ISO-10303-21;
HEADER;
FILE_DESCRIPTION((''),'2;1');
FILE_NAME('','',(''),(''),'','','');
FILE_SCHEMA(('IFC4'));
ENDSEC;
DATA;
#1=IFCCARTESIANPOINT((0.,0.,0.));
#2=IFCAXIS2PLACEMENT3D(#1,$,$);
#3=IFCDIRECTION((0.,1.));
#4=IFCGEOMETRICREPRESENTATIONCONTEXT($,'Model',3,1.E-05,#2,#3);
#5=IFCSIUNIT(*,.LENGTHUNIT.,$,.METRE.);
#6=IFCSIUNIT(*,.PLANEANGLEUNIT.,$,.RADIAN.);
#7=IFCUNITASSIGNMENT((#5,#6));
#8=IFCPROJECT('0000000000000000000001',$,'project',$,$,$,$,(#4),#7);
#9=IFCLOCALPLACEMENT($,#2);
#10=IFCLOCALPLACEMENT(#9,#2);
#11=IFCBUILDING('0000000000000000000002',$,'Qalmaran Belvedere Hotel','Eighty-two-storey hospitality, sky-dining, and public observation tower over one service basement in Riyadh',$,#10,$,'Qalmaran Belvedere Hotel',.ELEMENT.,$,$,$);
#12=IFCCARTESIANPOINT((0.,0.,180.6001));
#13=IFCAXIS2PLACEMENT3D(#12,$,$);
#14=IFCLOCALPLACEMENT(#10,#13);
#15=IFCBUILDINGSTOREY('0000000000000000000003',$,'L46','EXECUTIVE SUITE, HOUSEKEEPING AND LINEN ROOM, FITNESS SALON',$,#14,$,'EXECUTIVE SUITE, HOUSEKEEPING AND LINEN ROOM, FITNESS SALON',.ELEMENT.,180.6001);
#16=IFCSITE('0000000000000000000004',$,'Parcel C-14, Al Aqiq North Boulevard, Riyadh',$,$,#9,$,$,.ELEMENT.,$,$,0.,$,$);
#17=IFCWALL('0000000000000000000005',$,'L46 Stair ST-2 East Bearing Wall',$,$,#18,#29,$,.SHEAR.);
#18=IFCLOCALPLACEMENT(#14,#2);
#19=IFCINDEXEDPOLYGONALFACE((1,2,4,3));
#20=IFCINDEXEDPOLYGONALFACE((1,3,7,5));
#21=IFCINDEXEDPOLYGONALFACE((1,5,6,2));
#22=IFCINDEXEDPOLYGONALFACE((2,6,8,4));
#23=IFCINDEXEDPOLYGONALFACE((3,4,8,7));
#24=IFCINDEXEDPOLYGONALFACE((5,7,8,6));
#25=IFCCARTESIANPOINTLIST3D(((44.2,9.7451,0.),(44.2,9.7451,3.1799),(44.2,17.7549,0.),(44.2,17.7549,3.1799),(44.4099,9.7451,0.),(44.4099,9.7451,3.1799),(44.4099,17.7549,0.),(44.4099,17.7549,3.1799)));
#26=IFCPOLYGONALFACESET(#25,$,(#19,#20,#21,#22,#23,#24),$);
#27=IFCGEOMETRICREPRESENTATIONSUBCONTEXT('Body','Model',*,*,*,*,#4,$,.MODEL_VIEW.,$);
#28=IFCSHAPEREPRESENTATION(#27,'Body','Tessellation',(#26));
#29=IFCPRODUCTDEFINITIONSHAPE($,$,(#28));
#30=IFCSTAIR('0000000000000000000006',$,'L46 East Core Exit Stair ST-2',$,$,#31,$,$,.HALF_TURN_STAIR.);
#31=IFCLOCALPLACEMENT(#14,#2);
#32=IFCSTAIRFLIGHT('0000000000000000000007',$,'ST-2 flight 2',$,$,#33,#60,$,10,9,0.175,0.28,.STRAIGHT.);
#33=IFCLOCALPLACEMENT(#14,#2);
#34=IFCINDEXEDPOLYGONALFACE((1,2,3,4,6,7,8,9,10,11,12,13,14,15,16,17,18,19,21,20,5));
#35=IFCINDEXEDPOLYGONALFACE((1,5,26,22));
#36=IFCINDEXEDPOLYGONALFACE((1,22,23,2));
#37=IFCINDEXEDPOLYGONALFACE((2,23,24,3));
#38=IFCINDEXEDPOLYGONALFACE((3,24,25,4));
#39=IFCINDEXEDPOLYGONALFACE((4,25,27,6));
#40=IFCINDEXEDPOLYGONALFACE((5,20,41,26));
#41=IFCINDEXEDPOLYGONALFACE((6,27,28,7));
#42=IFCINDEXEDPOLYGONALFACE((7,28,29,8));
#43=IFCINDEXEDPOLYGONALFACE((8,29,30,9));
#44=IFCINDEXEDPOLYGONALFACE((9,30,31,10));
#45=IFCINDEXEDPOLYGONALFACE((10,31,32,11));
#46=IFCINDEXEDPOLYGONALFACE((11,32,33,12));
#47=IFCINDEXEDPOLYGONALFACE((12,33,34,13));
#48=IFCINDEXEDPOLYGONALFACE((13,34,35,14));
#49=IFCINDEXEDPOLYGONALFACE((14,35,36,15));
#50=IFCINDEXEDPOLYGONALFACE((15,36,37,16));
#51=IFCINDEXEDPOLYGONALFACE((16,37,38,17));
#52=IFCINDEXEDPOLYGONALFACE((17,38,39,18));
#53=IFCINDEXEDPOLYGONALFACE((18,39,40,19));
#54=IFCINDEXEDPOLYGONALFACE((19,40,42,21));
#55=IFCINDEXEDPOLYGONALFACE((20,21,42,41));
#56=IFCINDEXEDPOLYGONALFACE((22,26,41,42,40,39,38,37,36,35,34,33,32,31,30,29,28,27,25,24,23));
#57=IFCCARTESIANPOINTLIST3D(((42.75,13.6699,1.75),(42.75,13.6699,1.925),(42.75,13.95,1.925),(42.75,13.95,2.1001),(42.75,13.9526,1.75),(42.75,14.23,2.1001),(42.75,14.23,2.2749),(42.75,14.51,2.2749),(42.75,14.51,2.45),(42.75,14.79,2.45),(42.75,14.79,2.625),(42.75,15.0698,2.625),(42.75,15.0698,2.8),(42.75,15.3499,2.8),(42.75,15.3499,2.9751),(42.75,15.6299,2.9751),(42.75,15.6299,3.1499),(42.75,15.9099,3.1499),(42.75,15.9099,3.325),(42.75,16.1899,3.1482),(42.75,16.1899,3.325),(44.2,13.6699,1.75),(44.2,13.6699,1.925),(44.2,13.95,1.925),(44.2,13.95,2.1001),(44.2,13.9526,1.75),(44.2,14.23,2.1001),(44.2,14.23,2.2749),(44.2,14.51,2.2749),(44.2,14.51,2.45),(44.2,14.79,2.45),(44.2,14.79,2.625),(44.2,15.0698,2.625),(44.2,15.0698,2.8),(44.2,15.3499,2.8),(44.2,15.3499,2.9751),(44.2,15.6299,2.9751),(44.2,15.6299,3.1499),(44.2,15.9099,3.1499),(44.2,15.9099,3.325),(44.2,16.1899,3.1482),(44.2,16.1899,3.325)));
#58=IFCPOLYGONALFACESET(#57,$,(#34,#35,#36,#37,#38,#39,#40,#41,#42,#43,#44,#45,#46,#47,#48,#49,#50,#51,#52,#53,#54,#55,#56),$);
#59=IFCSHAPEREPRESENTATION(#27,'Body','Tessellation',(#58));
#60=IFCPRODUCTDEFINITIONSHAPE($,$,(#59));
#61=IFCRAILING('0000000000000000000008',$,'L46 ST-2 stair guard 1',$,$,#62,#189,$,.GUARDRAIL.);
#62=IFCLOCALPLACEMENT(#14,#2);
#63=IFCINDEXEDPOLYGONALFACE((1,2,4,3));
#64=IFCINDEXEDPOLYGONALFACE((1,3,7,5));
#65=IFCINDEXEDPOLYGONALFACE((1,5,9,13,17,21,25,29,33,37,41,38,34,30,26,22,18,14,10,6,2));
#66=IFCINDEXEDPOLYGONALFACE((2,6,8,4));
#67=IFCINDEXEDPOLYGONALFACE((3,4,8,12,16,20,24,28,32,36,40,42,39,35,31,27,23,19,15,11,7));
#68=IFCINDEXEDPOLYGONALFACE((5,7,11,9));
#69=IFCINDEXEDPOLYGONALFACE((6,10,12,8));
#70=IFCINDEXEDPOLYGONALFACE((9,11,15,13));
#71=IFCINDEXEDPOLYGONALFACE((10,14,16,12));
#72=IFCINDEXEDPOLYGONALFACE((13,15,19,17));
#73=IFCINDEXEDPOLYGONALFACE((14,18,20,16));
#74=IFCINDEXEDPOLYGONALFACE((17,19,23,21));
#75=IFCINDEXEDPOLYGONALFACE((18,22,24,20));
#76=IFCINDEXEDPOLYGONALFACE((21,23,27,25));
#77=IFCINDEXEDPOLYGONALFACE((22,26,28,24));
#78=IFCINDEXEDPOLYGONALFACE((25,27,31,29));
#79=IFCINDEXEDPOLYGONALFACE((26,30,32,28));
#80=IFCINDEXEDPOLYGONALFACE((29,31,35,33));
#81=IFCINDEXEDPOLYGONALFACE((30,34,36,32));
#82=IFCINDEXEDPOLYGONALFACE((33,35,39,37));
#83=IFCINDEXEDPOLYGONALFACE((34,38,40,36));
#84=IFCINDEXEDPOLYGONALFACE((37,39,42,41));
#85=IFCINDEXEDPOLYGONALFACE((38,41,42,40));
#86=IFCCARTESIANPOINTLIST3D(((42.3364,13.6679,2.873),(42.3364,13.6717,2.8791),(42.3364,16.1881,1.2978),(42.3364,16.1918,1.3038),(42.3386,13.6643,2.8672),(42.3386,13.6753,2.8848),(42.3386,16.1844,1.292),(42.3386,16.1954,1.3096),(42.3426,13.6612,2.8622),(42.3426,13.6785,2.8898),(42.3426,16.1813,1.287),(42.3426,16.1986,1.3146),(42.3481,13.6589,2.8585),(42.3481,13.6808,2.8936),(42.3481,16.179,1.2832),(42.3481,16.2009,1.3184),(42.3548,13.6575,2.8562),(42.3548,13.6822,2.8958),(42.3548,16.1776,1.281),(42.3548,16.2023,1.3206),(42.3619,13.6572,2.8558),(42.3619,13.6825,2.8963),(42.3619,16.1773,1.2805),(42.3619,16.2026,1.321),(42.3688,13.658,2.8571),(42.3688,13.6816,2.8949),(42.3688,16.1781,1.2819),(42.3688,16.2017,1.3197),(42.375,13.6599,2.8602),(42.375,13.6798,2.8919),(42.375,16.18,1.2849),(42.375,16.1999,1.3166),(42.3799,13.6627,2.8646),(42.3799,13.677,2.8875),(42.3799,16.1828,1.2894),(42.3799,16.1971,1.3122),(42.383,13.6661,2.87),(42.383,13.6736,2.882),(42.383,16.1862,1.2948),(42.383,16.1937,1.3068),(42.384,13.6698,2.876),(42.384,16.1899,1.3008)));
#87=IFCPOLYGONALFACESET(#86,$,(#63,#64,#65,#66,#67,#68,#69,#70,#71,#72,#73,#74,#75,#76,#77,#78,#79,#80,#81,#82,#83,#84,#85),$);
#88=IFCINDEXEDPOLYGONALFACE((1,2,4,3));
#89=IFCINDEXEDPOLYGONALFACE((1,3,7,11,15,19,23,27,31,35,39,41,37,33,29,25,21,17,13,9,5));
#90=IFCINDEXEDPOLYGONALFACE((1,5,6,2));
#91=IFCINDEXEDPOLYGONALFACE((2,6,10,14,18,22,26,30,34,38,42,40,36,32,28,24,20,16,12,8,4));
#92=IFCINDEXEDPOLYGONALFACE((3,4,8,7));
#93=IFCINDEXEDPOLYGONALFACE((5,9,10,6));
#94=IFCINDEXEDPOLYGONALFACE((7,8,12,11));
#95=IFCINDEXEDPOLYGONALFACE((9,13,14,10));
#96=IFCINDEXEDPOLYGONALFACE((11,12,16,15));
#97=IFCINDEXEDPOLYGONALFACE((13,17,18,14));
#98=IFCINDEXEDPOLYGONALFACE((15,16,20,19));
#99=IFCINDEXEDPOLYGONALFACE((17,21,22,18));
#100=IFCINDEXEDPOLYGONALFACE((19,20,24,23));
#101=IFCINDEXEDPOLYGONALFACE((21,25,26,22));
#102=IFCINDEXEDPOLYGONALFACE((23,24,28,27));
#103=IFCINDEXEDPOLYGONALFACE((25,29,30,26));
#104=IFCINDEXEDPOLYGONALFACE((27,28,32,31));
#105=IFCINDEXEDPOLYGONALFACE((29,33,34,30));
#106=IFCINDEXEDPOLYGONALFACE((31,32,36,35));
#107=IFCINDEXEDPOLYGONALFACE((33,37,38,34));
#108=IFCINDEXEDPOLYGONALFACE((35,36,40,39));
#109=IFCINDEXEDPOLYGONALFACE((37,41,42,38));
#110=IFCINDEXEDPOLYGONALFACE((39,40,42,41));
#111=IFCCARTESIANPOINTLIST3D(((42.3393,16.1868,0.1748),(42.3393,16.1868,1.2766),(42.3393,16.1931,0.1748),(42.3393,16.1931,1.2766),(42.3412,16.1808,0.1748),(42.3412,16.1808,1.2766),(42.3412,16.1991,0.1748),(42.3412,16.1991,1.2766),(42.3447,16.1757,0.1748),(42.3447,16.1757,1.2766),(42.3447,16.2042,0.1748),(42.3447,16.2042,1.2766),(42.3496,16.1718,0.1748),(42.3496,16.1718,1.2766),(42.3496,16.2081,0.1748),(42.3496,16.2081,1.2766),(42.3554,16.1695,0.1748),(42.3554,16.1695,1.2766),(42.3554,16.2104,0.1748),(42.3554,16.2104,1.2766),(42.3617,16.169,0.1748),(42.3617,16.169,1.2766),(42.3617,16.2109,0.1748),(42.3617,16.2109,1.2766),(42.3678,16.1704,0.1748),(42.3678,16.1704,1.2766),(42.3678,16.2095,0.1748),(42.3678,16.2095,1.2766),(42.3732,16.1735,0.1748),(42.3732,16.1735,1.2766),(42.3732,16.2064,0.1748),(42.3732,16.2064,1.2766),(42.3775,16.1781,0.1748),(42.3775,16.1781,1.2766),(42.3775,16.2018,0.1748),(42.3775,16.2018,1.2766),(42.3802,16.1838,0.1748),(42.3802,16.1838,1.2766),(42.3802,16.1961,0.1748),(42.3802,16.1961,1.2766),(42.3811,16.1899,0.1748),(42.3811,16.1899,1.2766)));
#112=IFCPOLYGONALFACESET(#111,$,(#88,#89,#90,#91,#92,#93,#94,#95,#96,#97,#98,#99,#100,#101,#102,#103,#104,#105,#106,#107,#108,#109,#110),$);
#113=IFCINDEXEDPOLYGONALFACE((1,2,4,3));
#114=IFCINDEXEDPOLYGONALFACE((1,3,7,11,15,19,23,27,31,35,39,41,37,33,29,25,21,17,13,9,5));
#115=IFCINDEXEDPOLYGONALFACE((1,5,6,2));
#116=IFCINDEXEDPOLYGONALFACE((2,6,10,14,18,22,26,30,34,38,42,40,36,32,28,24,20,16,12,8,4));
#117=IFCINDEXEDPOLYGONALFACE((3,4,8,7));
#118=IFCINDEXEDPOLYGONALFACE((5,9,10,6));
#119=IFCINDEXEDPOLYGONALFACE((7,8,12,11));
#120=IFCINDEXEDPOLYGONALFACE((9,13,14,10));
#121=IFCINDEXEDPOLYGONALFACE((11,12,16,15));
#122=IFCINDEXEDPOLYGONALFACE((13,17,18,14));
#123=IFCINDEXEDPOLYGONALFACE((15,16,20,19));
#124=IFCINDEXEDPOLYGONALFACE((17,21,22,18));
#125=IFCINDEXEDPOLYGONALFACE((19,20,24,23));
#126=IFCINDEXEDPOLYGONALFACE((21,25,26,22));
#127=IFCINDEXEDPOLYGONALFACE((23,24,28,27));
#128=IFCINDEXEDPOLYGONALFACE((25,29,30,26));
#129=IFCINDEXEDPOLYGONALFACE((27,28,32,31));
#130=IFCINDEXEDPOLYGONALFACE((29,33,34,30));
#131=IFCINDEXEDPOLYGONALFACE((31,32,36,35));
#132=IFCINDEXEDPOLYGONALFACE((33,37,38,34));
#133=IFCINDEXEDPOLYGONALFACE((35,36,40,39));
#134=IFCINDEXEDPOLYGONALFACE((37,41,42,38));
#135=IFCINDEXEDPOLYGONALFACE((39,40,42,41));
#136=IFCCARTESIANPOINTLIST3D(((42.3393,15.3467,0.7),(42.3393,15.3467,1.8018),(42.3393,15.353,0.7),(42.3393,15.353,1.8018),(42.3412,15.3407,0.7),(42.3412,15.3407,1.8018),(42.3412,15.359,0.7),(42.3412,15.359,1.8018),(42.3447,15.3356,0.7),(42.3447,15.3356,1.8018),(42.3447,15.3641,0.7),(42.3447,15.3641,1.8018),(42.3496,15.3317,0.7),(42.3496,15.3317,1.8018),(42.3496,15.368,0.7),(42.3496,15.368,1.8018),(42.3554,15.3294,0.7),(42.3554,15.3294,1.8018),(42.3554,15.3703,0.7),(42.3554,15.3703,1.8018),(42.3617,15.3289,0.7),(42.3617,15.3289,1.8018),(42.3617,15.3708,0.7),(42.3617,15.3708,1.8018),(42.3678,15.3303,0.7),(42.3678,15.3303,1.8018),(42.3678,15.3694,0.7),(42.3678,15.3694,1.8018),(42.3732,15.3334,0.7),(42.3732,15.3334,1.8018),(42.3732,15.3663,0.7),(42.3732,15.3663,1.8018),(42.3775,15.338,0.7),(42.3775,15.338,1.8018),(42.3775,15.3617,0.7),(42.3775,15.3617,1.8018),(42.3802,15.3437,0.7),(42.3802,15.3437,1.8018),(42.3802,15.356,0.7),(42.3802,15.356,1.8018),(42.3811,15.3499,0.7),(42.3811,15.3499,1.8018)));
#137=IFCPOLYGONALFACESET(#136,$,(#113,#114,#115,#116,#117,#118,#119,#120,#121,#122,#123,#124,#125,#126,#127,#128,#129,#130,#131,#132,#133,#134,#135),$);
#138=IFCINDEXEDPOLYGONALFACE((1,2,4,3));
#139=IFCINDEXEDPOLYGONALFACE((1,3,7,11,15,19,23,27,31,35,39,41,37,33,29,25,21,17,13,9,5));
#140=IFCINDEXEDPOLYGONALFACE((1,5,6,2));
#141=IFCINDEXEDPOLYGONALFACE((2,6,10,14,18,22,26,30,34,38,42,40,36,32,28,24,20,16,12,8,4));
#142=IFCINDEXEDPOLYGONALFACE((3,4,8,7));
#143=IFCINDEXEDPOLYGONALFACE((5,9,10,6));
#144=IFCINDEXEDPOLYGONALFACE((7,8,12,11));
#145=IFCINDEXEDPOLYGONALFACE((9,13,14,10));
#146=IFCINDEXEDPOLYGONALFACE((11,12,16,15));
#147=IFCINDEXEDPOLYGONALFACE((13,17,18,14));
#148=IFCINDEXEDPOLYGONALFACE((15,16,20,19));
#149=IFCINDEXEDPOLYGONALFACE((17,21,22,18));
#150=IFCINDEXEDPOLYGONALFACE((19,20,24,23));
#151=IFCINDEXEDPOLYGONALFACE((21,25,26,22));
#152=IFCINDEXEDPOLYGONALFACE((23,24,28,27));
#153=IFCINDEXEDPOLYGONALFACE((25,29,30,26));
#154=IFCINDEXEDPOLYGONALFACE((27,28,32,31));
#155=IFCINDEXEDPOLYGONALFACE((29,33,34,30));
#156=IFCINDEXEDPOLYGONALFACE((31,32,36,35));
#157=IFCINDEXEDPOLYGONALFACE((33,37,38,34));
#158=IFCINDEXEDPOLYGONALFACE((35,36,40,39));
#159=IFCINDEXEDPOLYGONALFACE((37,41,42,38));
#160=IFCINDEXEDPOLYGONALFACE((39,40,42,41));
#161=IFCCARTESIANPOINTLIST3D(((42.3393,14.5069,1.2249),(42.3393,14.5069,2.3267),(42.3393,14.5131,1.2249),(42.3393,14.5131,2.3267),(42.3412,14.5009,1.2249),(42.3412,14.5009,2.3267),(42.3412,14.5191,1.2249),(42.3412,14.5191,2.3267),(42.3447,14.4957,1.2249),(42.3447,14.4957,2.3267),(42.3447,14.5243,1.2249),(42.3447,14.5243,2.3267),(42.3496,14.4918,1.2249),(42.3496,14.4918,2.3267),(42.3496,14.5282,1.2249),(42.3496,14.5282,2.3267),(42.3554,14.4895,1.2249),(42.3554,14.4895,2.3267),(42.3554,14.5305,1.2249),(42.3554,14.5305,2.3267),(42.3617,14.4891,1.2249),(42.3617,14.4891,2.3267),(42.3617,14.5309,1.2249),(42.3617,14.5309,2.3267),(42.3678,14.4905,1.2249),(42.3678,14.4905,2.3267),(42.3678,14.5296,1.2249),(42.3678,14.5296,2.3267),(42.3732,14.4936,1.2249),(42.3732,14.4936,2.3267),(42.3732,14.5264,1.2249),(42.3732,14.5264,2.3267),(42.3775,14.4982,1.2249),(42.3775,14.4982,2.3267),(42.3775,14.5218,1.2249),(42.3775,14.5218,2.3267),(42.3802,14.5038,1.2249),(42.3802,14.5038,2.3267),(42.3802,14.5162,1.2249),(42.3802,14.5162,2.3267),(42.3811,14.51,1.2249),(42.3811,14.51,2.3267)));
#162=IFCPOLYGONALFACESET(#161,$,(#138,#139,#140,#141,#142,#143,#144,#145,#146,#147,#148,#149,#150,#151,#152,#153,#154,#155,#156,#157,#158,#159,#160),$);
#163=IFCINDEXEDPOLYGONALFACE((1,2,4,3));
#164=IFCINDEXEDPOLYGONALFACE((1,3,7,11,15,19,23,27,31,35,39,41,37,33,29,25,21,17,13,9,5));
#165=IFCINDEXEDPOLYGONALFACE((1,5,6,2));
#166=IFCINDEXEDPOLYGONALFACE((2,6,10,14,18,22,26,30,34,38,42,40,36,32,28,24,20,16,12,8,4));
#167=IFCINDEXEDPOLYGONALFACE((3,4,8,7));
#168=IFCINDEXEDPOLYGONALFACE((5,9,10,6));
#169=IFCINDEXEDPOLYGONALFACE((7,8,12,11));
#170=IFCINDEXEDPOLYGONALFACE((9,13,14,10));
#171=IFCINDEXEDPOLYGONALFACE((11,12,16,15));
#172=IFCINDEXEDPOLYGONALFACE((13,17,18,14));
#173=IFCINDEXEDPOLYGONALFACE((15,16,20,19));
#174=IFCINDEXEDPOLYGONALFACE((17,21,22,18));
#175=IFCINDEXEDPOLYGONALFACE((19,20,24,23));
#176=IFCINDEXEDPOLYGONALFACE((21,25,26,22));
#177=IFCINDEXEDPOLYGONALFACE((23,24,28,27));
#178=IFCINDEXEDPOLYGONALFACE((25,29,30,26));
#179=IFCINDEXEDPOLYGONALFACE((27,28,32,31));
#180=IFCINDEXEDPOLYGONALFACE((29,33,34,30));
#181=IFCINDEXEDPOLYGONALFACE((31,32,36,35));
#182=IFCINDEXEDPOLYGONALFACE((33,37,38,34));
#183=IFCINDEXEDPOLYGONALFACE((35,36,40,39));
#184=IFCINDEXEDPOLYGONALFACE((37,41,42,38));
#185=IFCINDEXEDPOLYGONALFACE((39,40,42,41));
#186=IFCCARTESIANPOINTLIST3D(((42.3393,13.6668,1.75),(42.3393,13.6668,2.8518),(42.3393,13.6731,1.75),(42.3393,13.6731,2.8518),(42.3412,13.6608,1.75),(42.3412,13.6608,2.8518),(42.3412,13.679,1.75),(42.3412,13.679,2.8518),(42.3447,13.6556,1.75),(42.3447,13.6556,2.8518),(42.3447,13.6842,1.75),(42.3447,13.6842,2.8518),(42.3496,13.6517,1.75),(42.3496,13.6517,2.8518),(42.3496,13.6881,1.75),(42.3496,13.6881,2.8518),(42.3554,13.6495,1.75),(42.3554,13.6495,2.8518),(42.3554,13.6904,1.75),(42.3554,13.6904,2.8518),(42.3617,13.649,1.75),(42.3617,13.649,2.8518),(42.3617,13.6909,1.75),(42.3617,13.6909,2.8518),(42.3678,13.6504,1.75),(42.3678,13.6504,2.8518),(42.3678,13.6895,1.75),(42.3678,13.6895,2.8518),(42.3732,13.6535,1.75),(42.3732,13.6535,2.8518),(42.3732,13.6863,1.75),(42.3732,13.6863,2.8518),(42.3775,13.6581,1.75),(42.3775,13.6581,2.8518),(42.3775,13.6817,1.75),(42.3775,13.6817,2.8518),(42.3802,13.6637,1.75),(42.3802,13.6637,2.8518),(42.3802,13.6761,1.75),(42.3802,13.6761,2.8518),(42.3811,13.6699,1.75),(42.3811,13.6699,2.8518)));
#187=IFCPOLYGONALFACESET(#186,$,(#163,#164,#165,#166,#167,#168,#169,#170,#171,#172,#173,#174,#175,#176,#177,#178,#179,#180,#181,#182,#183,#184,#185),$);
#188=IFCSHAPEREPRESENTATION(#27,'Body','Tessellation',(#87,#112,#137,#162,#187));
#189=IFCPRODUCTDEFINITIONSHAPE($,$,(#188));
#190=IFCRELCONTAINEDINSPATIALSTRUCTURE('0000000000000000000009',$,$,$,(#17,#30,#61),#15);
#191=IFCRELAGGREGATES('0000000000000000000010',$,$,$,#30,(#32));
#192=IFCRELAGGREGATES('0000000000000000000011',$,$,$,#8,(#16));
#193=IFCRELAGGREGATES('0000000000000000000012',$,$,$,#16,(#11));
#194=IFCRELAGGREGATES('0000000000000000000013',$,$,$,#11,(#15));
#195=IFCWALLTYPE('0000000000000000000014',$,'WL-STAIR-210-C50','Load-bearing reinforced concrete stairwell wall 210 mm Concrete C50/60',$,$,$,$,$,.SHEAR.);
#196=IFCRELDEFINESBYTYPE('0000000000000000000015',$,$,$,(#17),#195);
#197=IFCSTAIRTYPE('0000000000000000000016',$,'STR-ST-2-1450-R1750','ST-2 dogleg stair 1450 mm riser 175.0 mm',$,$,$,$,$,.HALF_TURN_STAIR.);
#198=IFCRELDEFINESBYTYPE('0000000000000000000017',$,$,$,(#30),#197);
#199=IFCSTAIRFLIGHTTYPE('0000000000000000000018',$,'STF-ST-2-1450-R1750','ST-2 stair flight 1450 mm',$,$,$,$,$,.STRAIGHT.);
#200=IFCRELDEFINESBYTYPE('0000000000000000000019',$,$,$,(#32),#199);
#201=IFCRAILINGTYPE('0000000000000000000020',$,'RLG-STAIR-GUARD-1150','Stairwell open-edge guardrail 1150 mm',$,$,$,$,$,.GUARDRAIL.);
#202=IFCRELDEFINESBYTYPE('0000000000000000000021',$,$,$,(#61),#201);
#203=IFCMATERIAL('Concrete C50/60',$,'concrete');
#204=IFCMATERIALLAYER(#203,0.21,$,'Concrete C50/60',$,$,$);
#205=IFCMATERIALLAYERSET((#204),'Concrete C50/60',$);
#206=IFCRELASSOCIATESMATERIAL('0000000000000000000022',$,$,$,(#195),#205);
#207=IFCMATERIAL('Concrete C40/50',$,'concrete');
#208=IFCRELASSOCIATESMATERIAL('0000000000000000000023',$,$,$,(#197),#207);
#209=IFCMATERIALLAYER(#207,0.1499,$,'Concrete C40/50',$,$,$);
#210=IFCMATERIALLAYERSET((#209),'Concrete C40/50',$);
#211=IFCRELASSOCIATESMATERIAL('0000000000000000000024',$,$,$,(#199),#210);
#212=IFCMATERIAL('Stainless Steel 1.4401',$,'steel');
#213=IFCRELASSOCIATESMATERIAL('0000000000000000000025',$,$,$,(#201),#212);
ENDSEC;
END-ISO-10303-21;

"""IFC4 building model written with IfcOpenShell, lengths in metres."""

from ifc_helpers import new_model, si_unit, direction, frame, frame_2d, origin, origin_2d, place, context, subcontext, project, spatial, polyline, rectangle, circle, outline, extrude, material, layer, layer_set, type_object, element, aggregate, save


model = new_model("IFC4")

# Units and contexts
model_context = context("Model", 3, precision=1e-05, world=origin(), true_north=direction((0.0, 1.0)))
body_context = subcontext(model_context, "Body", "Model", "MODEL_VIEW")
ifc_project = project(units=[si_unit("LENGTHUNIT", "METRE"), si_unit("PLANEANGLEUNIT", "RADIAN")], contexts=[model_context])

# Site, building, storey
site_placement = place(None, origin())
site = spatial("IfcSite", under=ifc_project, at=site_placement, Name="Parcel C-14, Al Aqiq North Boulevard, Riyadh", CompositionType="ELEMENT", RefElevation=0.0)
building_placement = place(site_placement, origin())
building = spatial("IfcBuilding", under=site, at=building_placement, Name="Qalmaran Belvedere Hotel", Description="Eighty-two-storey hospitality, sky-dining, and public observation tower over one service basement in Riyadh", LongName="Qalmaran Belvedere Hotel", CompositionType="ELEMENT")
storey_placement = place(building_placement, frame((0.0, 0.0, 180.6001)))
storey = spatial("IfcBuildingStorey", under=building, at=storey_placement, Name="L46", Description="EXECUTIVE SUITE, HOUSEKEEPING AND LINEN ROOM, FITNESS SALON", LongName="EXECUTIVE SUITE, HOUSEKEEPING AND LINEN ROOM, FITNESS SALON", CompositionType="ELEMENT", Elevation=180.6001)

# Shared definitions
ifc_material_1 = material(Name="Concrete C50/60", Category="concrete")

# Wall
ifc_layer_1 = layer(ifc_material_1, 0.21, Name="Concrete C50/60")
ifc_layer_set_1 = layer_set([ifc_layer_1], Name="Concrete C50/60")
wall_type_1 = type_object("IfcWallType", Name="WL-STAIR-210-C50", Description="Load-bearing reinforced concrete stairwell wall 210 mm Concrete C50/60", PredefinedType="SHEAR", material=ifc_layer_set_1)
wall_1_placement = place(storey_placement, frame((44.3049, 9.7451, 0.0), z_axis=(0.0, 0.0, 1.0), x_axis=(0.0, 1.0, 0.0)))
element("IfcWall", 1, at=wall_1_placement, inside=storey, type_object=wall_type_1, Name="L46 Stair ST-2 East Bearing Wall", PredefinedType="SHEAR", context=body_context, shape_type="SweptSolid", body=[
    extrude(rectangle(XDim=8.0098, YDim=0.21, at=frame_2d((4.0049, 0.0))), origin(), (0.0, 0.0, 1.0), 3.1799),
])

# Stair, stair flight
ifc_material_2 = material(Name="Concrete C40/50", Category="concrete")
stair_type = type_object("IfcStairType", Name="STR-ST-2-1450-R1750", Description="ST-2 dogleg stair 1450 mm riser 175.0 mm", PredefinedType="HALF_TURN_STAIR", material=ifc_material_2)
stair_placement = place(storey_placement, origin())
stair = element("IfcStair", 2, at=stair_placement, inside=storey, type_object=stair_type, Name="L46 East Core Exit Stair ST-2", PredefinedType="HALF_TURN_STAIR")
ifc_layer_2 = layer(ifc_material_2, 0.1499, Name="Concrete C40/50")
ifc_layer_set_2 = layer_set([ifc_layer_2], Name="Concrete C40/50")
stair_flight_type = type_object("IfcStairFlightType", Name="STF-ST-2-1450-R1750", Description="ST-2 stair flight 1450 mm", PredefinedType="STRAIGHT", material=ifc_layer_set_2)
stair_flight_placement = place(storey_placement, frame((43.4751, 13.6699, 1.75), z_axis=(0.0, 0.0, 1.0), x_axis=(0.0, 1.0, 0.0)))
stair_flight = element("IfcStairFlight", 3, at=stair_flight_placement, type_object=stair_flight_type, Name="ST-2 flight 2", NumberOfRisers=10, NumberOfTreads=9, PredefinedType="STRAIGHT", RiserHeight=0.175, TreadLength=0.28, context=body_context, shape_type="SweptSolid", body=[
    extrude(outline(polyline([(0.0, 0.0), (0.0, 0.175), (0.28, 0.175), (0.28, 0.3501), (0.5601, 0.3501), (0.5601, 0.5249), (0.8401, 0.5249), (0.8401, 0.7), (1.1201, 0.7), (1.1201, 0.875), (1.3999, 0.875), (1.3999, 1.05), (1.6799, 1.05), (1.6799, 1.2251), (1.96, 1.2251), (1.96, 1.3999), (2.24, 1.3999), (2.24, 1.575), (2.52, 1.575), (2.52, 1.75), (2.52, 1.3982), (0.2827, 0.0), (0.0, 0.0)])), frame((0.0, 0.7251, 0.0), z_axis=(0.0, -1.0, 0.0), x_axis=(1.0, 0.0, 0.0)), (0.0, 0.0, 1.0), 1.45),
])
aggregate(stair, [stair_flight])

# Railing
ifc_material_3 = material(Name="Stainless Steel 1.4401", Category="steel")
railing_type_1 = type_object("IfcRailingType", Name="RLG-STAIR-GUARD-1150", Description="Stairwell open-edge guardrail 1150 mm", PredefinedType="GUARDRAIL", material=ifc_material_3)
railing_1_placement = place(storey_placement, frame((42.3601, 16.1899, 0.1748)))
element("IfcRailing", 4, at=railing_1_placement, inside=storey, type_object=railing_type_1, Name="L46 ST-2 stair guard 1", PredefinedType="GUARDRAIL", context=body_context, shape_type="SweptSolid", body=[
    extrude(circle(Radius=0.0239, at=origin_2d()), frame((0.0, 0.0, 1.126), z_axis=(0.0, -0.847971, 0.530043), x_axis=(1.0, 0.0, 0.0)), (0.0, 0.0, 1.0), 2.9719),
    extrude(circle(Radius=0.021, at=origin_2d()), origin(), (0.0, 0.0, 1.0), 1.1018),
    extrude(circle(Radius=0.021, at=origin_2d()), frame((0.0, -0.8401, 0.5251)), (0.0, 0.0, 1.0), 1.1018),
    extrude(circle(Radius=0.021, at=origin_2d()), frame((0.0, -1.6799, 1.05)), (0.0, 0.0, 1.0), 1.1018),
    extrude(circle(Radius=0.021, at=origin_2d()), frame((0.0, -2.52, 1.5752)), (0.0, 0.0, 1.0), 1.1018),
])

save(model, "model.ifc")
